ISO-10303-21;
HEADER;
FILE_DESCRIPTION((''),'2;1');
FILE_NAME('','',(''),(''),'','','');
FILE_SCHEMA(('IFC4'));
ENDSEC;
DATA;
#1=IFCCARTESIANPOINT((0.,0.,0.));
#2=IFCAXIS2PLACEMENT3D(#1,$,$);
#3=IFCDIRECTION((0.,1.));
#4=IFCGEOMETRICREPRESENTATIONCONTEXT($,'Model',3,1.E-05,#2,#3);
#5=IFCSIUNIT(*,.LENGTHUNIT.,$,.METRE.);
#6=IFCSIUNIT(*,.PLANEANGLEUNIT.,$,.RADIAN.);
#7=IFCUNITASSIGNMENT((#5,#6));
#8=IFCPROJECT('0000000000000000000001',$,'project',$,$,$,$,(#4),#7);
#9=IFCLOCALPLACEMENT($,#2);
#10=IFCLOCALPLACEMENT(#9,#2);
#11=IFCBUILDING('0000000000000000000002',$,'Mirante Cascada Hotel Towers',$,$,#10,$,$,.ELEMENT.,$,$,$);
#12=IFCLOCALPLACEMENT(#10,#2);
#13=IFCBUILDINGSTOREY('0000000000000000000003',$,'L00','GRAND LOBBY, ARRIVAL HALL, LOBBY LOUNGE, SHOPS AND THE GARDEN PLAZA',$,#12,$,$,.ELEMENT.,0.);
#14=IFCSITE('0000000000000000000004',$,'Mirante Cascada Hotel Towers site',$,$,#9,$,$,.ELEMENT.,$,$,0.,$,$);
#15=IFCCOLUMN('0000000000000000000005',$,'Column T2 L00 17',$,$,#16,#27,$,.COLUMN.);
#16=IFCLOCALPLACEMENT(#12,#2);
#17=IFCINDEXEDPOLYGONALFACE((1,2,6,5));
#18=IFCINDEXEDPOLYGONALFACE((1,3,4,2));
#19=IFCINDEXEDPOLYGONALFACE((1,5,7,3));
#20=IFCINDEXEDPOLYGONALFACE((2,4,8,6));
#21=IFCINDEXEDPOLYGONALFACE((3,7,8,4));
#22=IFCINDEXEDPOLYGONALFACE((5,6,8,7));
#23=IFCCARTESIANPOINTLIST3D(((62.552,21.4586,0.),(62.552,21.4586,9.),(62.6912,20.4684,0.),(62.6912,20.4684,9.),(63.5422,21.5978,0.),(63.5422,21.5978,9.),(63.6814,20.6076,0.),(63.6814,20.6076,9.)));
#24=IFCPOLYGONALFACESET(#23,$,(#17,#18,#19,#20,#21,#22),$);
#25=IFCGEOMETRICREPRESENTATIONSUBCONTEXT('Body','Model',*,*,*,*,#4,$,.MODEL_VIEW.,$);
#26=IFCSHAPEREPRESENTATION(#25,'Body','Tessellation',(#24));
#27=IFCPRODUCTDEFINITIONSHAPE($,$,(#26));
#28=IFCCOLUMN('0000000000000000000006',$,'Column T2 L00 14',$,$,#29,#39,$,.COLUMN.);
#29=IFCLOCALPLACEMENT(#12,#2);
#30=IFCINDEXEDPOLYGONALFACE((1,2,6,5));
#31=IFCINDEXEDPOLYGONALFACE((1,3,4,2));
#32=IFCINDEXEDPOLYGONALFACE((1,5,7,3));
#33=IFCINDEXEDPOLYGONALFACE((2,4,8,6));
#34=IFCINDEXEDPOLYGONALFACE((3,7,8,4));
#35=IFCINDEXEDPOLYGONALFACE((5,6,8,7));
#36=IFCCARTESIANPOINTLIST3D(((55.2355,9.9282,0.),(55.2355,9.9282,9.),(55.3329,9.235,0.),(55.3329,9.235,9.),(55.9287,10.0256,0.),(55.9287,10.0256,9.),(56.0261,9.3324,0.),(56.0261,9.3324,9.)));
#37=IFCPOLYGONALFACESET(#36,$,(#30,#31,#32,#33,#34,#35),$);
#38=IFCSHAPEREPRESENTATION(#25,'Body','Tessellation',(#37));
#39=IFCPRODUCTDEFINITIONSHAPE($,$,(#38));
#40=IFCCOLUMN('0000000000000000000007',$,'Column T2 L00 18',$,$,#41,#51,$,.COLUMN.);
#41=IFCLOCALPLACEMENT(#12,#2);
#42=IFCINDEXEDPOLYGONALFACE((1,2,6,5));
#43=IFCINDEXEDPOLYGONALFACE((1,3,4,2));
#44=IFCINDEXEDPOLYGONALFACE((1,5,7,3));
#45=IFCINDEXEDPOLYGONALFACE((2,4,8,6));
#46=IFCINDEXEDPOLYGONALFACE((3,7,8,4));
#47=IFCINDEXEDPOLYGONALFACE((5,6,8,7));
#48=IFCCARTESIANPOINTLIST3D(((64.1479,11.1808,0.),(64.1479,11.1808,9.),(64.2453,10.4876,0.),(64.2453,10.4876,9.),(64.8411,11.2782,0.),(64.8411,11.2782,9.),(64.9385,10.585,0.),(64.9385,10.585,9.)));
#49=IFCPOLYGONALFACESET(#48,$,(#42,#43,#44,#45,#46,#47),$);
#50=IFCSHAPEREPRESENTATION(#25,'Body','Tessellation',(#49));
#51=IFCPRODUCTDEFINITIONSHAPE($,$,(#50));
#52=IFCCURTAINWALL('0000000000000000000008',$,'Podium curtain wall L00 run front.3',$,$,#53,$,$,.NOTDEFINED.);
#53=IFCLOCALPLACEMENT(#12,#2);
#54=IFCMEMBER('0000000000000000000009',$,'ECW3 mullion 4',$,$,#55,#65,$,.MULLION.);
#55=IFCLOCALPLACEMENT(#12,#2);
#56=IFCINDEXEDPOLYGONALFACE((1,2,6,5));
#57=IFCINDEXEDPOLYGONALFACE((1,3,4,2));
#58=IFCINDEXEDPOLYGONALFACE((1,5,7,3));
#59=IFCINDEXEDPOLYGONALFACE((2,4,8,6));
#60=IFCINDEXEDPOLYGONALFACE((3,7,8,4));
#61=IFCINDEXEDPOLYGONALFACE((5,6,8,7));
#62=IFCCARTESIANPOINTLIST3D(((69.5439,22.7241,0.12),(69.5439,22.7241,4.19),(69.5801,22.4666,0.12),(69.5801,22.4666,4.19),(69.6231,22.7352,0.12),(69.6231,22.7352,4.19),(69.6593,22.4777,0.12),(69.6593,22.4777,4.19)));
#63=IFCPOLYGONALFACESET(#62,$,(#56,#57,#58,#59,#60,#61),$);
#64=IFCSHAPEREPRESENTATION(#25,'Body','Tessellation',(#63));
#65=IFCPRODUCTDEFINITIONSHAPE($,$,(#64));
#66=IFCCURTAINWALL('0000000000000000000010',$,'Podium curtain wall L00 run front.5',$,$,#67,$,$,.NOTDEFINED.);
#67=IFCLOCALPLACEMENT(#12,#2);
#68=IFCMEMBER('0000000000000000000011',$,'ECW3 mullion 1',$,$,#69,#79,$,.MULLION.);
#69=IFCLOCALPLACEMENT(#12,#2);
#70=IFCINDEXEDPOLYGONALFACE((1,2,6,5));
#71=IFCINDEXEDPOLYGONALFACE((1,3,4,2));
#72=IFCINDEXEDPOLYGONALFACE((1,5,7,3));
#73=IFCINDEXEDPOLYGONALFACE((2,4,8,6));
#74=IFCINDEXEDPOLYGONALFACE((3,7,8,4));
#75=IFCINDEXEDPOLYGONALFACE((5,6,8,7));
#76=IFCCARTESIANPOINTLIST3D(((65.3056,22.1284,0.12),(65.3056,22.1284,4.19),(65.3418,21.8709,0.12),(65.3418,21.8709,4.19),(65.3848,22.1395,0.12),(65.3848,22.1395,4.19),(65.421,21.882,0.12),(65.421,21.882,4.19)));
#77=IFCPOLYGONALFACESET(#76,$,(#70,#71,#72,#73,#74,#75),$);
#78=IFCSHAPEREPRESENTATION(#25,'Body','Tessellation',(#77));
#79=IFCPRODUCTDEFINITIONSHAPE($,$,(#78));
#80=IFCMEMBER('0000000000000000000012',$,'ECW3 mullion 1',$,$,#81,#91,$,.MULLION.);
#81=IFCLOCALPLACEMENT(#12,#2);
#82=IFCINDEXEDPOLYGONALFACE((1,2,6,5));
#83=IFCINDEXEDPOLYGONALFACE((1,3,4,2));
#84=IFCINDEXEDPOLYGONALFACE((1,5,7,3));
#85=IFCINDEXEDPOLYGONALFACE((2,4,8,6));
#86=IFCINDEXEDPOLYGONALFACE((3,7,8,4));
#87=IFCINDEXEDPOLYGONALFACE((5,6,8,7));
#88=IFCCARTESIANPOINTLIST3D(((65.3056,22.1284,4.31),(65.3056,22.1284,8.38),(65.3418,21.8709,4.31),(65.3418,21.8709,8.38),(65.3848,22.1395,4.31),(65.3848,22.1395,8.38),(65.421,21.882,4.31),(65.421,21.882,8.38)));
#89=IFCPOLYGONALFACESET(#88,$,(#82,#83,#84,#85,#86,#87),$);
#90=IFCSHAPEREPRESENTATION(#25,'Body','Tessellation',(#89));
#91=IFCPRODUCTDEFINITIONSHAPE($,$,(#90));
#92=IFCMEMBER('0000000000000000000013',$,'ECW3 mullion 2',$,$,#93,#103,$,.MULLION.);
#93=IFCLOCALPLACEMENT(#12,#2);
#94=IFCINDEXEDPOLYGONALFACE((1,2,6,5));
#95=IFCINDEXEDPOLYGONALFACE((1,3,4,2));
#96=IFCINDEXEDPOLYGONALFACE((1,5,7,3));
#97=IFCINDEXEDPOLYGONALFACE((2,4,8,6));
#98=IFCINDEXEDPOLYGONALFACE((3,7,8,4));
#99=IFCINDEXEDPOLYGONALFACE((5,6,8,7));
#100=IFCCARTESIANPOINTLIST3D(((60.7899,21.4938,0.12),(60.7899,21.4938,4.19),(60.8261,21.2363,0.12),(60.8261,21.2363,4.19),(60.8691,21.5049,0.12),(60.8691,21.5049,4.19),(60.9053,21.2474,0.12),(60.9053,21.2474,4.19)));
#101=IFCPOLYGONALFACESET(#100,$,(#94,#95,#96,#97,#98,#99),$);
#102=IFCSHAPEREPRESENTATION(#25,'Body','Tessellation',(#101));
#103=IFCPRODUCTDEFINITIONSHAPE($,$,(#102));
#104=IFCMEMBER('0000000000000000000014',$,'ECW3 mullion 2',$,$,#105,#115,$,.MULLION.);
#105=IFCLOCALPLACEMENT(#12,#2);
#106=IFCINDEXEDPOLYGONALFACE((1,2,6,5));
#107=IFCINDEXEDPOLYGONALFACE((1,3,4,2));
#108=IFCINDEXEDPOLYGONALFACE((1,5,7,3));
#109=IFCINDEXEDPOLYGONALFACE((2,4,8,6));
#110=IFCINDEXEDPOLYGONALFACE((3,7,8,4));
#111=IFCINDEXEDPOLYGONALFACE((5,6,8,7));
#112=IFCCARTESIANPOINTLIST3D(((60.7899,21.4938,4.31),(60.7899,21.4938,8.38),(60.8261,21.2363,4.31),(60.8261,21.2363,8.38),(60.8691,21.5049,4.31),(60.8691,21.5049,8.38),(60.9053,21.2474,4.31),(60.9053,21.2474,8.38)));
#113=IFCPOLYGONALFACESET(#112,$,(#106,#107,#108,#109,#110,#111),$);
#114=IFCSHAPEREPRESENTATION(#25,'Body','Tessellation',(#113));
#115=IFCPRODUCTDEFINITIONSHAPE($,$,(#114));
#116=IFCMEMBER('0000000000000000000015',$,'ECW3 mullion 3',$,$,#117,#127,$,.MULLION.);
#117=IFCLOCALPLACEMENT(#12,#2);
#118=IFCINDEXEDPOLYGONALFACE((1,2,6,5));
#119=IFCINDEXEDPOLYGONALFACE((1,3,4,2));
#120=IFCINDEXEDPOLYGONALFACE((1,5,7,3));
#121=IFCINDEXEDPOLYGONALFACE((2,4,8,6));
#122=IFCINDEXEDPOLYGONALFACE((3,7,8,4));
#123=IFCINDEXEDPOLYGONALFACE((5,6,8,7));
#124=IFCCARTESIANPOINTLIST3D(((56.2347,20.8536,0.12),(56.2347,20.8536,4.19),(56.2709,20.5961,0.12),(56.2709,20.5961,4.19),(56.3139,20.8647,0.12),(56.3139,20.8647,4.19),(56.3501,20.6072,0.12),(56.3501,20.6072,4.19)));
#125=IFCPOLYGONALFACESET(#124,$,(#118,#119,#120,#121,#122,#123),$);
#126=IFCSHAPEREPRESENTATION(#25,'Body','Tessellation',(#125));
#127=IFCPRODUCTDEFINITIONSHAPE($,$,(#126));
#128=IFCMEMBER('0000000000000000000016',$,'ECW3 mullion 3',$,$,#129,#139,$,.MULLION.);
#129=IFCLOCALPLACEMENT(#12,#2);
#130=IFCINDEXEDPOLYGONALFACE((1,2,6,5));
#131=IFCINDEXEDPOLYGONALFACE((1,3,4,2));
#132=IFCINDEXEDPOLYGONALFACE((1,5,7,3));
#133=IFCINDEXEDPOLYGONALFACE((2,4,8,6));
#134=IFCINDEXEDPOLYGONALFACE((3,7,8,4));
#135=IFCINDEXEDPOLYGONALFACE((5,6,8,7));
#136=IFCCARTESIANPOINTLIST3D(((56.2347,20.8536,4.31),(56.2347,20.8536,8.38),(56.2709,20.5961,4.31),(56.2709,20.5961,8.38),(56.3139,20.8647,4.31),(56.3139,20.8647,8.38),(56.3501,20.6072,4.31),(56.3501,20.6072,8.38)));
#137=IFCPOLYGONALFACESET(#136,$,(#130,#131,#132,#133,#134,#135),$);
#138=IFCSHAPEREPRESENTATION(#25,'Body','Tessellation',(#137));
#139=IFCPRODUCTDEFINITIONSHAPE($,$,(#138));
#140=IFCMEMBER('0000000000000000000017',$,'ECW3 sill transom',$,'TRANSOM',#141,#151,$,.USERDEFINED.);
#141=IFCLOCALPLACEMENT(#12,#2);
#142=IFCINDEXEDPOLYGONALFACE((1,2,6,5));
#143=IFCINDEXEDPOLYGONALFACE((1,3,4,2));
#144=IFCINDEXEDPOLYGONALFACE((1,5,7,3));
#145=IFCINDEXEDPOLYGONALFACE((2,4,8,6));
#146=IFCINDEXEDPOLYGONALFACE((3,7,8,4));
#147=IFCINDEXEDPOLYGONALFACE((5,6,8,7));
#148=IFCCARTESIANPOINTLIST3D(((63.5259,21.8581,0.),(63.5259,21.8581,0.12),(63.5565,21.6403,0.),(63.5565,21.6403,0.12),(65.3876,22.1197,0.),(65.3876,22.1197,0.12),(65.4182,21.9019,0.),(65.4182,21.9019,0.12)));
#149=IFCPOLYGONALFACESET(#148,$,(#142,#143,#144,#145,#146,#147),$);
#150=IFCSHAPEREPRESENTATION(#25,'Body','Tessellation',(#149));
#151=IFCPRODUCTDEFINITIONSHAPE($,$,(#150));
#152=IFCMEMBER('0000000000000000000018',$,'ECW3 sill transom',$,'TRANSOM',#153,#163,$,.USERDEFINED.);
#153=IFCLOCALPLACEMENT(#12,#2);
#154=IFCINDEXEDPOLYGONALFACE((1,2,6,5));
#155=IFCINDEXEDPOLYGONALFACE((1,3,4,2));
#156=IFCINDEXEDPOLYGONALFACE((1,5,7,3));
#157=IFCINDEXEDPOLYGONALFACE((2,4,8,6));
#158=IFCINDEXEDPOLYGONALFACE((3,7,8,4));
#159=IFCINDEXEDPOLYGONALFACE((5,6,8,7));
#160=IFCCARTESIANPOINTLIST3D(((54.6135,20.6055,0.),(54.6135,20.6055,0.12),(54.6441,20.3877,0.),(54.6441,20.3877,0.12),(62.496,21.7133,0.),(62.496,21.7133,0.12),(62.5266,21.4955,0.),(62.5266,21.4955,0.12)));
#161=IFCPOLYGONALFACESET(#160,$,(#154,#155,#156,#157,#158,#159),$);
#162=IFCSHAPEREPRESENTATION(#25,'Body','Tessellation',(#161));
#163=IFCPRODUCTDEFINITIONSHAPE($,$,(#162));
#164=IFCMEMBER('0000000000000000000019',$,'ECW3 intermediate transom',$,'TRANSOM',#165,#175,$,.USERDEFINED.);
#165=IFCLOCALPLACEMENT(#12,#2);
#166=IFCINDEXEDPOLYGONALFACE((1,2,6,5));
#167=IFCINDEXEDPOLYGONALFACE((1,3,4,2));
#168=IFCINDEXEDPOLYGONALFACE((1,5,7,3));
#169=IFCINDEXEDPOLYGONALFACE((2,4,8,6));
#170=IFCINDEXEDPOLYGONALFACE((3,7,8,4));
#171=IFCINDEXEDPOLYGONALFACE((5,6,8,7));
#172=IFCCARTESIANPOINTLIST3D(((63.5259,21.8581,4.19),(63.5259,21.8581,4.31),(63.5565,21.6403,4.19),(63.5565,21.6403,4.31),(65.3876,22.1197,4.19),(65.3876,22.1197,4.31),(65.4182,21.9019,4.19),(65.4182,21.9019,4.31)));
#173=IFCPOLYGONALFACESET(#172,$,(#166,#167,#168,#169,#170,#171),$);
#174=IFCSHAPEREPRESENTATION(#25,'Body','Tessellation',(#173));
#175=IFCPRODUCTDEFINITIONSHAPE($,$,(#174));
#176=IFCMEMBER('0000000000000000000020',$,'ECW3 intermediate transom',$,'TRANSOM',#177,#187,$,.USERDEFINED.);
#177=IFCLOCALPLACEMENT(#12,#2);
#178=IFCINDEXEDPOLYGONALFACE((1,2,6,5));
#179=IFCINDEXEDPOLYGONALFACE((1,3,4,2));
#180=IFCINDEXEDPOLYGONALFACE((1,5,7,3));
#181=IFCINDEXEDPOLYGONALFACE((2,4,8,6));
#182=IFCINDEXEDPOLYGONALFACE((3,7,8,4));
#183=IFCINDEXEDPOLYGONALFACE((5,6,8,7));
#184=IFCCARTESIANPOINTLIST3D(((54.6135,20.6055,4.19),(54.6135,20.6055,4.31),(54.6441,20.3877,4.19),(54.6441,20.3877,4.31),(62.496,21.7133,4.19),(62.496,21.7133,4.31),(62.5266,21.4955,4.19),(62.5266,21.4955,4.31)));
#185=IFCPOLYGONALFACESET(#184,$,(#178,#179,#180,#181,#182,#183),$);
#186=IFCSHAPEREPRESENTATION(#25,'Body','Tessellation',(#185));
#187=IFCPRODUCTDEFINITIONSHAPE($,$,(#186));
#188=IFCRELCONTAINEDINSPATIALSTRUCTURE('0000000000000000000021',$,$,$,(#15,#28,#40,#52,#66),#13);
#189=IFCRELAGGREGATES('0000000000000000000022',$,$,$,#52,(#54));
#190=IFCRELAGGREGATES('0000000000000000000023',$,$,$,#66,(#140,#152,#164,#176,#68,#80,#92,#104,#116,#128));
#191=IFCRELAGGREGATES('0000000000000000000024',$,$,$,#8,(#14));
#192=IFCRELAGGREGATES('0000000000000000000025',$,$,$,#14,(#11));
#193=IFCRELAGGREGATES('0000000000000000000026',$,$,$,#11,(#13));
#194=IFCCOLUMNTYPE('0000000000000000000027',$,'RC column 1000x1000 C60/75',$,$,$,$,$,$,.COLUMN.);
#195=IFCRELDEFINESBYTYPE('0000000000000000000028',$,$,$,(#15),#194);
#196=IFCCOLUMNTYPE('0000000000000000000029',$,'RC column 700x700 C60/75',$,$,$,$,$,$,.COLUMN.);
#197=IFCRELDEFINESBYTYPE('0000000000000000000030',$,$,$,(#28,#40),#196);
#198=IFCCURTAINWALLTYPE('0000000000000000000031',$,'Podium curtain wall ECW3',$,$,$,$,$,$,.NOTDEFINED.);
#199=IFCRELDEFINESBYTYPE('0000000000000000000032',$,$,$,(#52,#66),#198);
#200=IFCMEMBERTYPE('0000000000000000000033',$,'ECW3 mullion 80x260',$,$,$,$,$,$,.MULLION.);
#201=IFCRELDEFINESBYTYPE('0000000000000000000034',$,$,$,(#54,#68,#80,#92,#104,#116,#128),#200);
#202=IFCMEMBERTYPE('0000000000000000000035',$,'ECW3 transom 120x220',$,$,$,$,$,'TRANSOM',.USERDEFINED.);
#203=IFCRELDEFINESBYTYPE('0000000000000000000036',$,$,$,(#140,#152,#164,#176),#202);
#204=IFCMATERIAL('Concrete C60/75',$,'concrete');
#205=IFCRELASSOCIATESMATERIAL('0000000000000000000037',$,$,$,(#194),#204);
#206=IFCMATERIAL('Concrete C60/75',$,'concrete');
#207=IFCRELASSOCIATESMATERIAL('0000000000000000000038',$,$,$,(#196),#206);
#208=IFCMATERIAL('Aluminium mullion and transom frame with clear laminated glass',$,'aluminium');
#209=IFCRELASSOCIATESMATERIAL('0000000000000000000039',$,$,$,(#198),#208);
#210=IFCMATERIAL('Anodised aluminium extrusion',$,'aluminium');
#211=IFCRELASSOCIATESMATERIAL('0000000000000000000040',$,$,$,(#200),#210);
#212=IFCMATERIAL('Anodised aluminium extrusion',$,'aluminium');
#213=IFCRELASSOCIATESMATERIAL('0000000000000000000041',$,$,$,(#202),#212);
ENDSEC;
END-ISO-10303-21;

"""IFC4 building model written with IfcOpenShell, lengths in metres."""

from ifc_helpers import new_model, si_unit, direction, frame, origin, origin_2d, place, context, subcontext, project, spatial, rectangle, extrude, material, material_profile, profile_set, type_object, element, aggregate, save


model = new_model("IFC4")

# Units and contexts
model_context = context("Model", 3, precision=1e-05, world=origin(), true_north=direction((0.0, 1.0)))
body_context = subcontext(model_context, "Body", "Model", "MODEL_VIEW")
ifc_project = project(units=[si_unit("LENGTHUNIT", "METRE"), si_unit("PLANEANGLEUNIT", "RADIAN")], contexts=[model_context])

# Site, building, storey
site_placement = place(None, origin())
site = spatial("IfcSite", under=ifc_project, at=site_placement, Name="Mirante Cascada Hotel Towers site", CompositionType="ELEMENT", RefElevation=0.0)
building_placement = place(site_placement, origin())
building = spatial("IfcBuilding", under=site, at=building_placement, Name="Mirante Cascada Hotel Towers", CompositionType="ELEMENT")
storey_placement = place(building_placement, origin())
storey = spatial("IfcBuildingStorey", under=building, at=storey_placement, Name="L00", Description="GRAND LOBBY, ARRIVAL HALL, LOBBY LOUNGE, SHOPS AND THE GARDEN PLAZA", CompositionType="ELEMENT", Elevation=0.0)

# Columns
ifc_material_1 = material(Name="Concrete C60/75", Category="concrete")
ifc_material_profile_1 = material_profile(ifc_material_1, rectangle(XDim=1.0, YDim=1.0, at=origin_2d()), Name="RC column 1000x1000 C60/75")
ifc_profile_set_1 = profile_set([ifc_material_profile_1], Name="Concrete C60/75")
column_type_1 = type_object("IfcColumnType", Name="RC column 1000x1000 C60/75", PredefinedType="COLUMN", material=ifc_profile_set_1)
column_placement = place(storey_placement, frame((63.1167, 21.0331, 0.0), z_axis=(0.0, 0.0, 1.0), x_axis=(0.990268, 0.139173, 0.0)))
element("IfcColumn", 1, at=column_placement, inside=storey, type_object=column_type_1, Name="Column T2 L00 17", PredefinedType="COLUMN", context=body_context, shape_type="SweptSolid", body=[
    extrude(rectangle(XDim=1.0, YDim=1.0, at=origin_2d()), origin(), (0.0, 0.0, 1.0), 9.0),
])
ifc_material_2 = material(Name="Concrete C60/75", Category="concrete")
ifc_material_profile_2 = material_profile(ifc_material_2, rectangle(XDim=0.7, YDim=0.7, at=origin_2d()), Name="RC column 700x700 C60/75")
ifc_profile_set_2 = profile_set([ifc_material_profile_2], Name="Concrete C60/75")
column_type_2 = type_object("IfcColumnType", Name="RC column 700x700 C60/75", PredefinedType="COLUMN", material=ifc_profile_set_2)
for number, where, z_axis, x_axis, name in (
    (2, (55.6308, 9.6303, 0.0), (0.0, 0.0, 1.0), (0.990268, 0.139173, 0.0), "Column T2 L00 14"),
    (3, (64.5432, 10.8829, 0.0), (0.0, 0.0, 1.0), (0.990268, 0.139173, 0.0), "Column T2 L00 18"),
):
    element("IfcColumn", number, at=place(storey_placement, frame(where, z_axis=z_axis, x_axis=x_axis)), inside=storey, type_object=column_type_2, Name=name, PredefinedType="COLUMN", context=body_context, shape_type="SweptSolid", body=[
        extrude(rectangle(XDim=0.7, YDim=0.7, at=origin_2d()), origin(), (0.0, 0.0, 1.0), 9.0),
    ])

# Curtain wall, member
ifc_material_3 = material(Name="Aluminium mullion and transom frame with clear laminated glass", Category="aluminium")
curtain_wall_type = type_object("IfcCurtainWallType", Name="Podium curtain wall ECW3", PredefinedType="NOTDEFINED", material=ifc_material_3)
curtain_wall_1_placement = place(storey_placement, origin())
curtain_wall_1 = element("IfcCurtainWall", 4, at=curtain_wall_1_placement, inside=storey, type_object=curtain_wall_type, Name="Podium curtain wall L00 run front.3", PredefinedType="NOTDEFINED")
ifc_material_4 = material(Name="Anodised aluminium extrusion", Category="aluminium")
ifc_material_profile_3 = material_profile(ifc_material_4, rectangle(XDim=0.26, YDim=0.08, at=origin_2d()), Name="ECW3 MULLION 80x260")
ifc_profile_set_3 = profile_set([ifc_material_profile_3], Name="Anodised aluminium extrusion")
member_type_1 = type_object("IfcMemberType", Name="ECW3 mullion 80x260", PredefinedType="MULLION", material=ifc_profile_set_3)
member_1_placement = place(storey_placement, frame((69.6016, 22.6009, 0.12), z_axis=(0.0, 0.0, 1.0), x_axis=(0.139173, -0.990268, 0.0)))
member_1 = element("IfcMember", 5, at=member_1_placement, type_object=member_type_1, Name="ECW3 mullion 4", PredefinedType="MULLION", context=body_context, shape_type="SweptSolid", body=[
    extrude(rectangle(XDim=0.26, YDim=0.08, at=origin_2d()), origin(), (0.0, 0.0, 1.0), 4.07),
])
aggregate(curtain_wall_1, [member_1])

# Curtain wall, members
curtain_wall_2_placement = place(storey_placement, origin())
curtain_wall_2 = element("IfcCurtainWall", 6, at=curtain_wall_2_placement, inside=storey, type_object=curtain_wall_type, Name="Podium curtain wall L00 run front.5", PredefinedType="NOTDEFINED")
member_2_placement = place(storey_placement, frame((65.3633, 22.0052, 0.12), z_axis=(0.0, 0.0, 1.0), x_axis=(0.139173, -0.990268, 0.0)))
member_2 = element("IfcMember", 7, at=member_2_placement, type_object=member_type_1, Name="ECW3 mullion 1", PredefinedType="MULLION", context=body_context, shape_type="SweptSolid", body=[
    extrude(rectangle(XDim=0.26, YDim=0.08, at=origin_2d()), origin(), (0.0, 0.0, 1.0), 4.07),
])
member_3_placement = place(storey_placement, frame((65.3633, 22.0052, 4.31), z_axis=(0.0, 0.0, 1.0), x_axis=(0.139173, -0.990268, 0.0)))
member_3 = element("IfcMember", 8, at=member_3_placement, type_object=member_type_1, Name="ECW3 mullion 1", PredefinedType="MULLION", context=body_context, shape_type="SweptSolid", body=[
    extrude(rectangle(XDim=0.26, YDim=0.08, at=origin_2d()), origin(), (0.0, 0.0, 1.0), 4.07),
])
member_4_placement = place(storey_placement, frame((60.8476, 21.3706, 0.12), z_axis=(0.0, 0.0, 1.0), x_axis=(0.139173, -0.990268, 0.0)))
member_4 = element("IfcMember", 9, at=member_4_placement, type_object=member_type_1, Name="ECW3 mullion 2", PredefinedType="MULLION", context=body_context, shape_type="SweptSolid", body=[
    extrude(rectangle(XDim=0.26, YDim=0.08, at=origin_2d()), origin(), (0.0, 0.0, 1.0), 4.07),
])
member_5_placement = place(storey_placement, frame((60.8476, 21.3706, 4.31), z_axis=(0.0, 0.0, 1.0), x_axis=(0.139173, -0.990268, 0.0)))
member_5 = element("IfcMember", 10, at=member_5_placement, type_object=member_type_1, Name="ECW3 mullion 2", PredefinedType="MULLION", context=body_context, shape_type="SweptSolid", body=[
    extrude(rectangle(XDim=0.26, YDim=0.08, at=origin_2d()), origin(), (0.0, 0.0, 1.0), 4.07),
])
member_6_placement = place(storey_placement, frame((56.2924, 20.7304, 0.12), z_axis=(0.0, 0.0, 1.0), x_axis=(0.139173, -0.990268, 0.0)))
member_6 = element("IfcMember", 11, at=member_6_placement, type_object=member_type_1, Name="ECW3 mullion 3", PredefinedType="MULLION", context=body_context, shape_type="SweptSolid", body=[
    extrude(rectangle(XDim=0.26, YDim=0.08, at=origin_2d()), origin(), (0.0, 0.0, 1.0), 4.07),
])
member_7_placement = place(storey_placement, frame((56.2924, 20.7304, 4.31), z_axis=(0.0, 0.0, 1.0), x_axis=(0.139173, -0.990268, 0.0)))
member_7 = element("IfcMember", 12, at=member_7_placement, type_object=member_type_1, Name="ECW3 mullion 3", PredefinedType="MULLION", context=body_context, shape_type="SweptSolid", body=[
    extrude(rectangle(XDim=0.26, YDim=0.08, at=origin_2d()), origin(), (0.0, 0.0, 1.0), 4.07),
])
ifc_material_5 = material(Name="Anodised aluminium extrusion", Category="aluminium")
ifc_material_profile_4 = material_profile(ifc_material_5, rectangle(XDim=0.22, YDim=0.12, at=origin_2d()), Name="ECW3 TRANSOM 120x220")
ifc_profile_set_4 = profile_set([ifc_material_profile_4], Name="Anodised aluminium extrusion")
member_type_2 = type_object("IfcMemberType", Name="ECW3 transom 120x220", ElementType="TRANSOM", PredefinedType="USERDEFINED", material=ifc_profile_set_4)
member_8_placement = place(storey_placement, frame((65.4029, 22.0108, 0.06), z_axis=(-0.990271, -0.13915, 0.0), x_axis=(0.13915, -0.990271, 0.0)))
member_8 = element("IfcMember", 13, at=member_8_placement, type_object=member_type_2, Name="ECW3 sill transom", ObjectType="TRANSOM", PredefinedType="USERDEFINED", context=body_context, shape_type="SweptSolid", body=[
    extrude(rectangle(XDim=0.22, YDim=0.12, at=origin_2d()), origin(), (0.0, 0.0, 1.0), 1.88),
])
member_9_placement = place(storey_placement, frame((62.5113, 21.6044, 0.06), z_axis=(-0.990268, -0.139172, 0.0), x_axis=(0.139172, -0.990268, 0.0)))
member_9 = element("IfcMember", 14, at=member_9_placement, type_object=member_type_2, Name="ECW3 sill transom", ObjectType="TRANSOM", PredefinedType="USERDEFINED", context=body_context, shape_type="SweptSolid", body=[
    extrude(rectangle(XDim=0.22, YDim=0.12, at=origin_2d()), origin(), (0.0, 0.0, 1.0), 7.96),
])
member_10_placement = place(storey_placement, frame((65.4029, 22.0108, 4.25), z_axis=(-0.990271, -0.13915, 0.0), x_axis=(0.13915, -0.990271, 0.0)))
member_10 = element("IfcMember", 15, at=member_10_placement, type_object=member_type_2, Name="ECW3 intermediate transom", ObjectType="TRANSOM", PredefinedType="USERDEFINED", context=body_context, shape_type="SweptSolid", body=[
    extrude(rectangle(XDim=0.22, YDim=0.12, at=origin_2d()), origin(), (0.0, 0.0, 1.0), 1.88),
])
member_11_placement = place(storey_placement, frame((62.5113, 21.6044, 4.25), z_axis=(-0.990268, -0.139172, 0.0), x_axis=(0.139172, -0.990268, 0.0)))
member_11 = element("IfcMember", 16, at=member_11_placement, type_object=member_type_2, Name="ECW3 intermediate transom", ObjectType="TRANSOM", PredefinedType="USERDEFINED", context=body_context, shape_type="SweptSolid", body=[
    extrude(rectangle(XDim=0.22, YDim=0.12, at=origin_2d()), origin(), (0.0, 0.0, 1.0), 7.96),
])
aggregate(curtain_wall_2, [member_8, member_9, member_10, member_11, member_2, member_3, member_4, member_5, member_6, member_7])

save(model, "model.ifc")
